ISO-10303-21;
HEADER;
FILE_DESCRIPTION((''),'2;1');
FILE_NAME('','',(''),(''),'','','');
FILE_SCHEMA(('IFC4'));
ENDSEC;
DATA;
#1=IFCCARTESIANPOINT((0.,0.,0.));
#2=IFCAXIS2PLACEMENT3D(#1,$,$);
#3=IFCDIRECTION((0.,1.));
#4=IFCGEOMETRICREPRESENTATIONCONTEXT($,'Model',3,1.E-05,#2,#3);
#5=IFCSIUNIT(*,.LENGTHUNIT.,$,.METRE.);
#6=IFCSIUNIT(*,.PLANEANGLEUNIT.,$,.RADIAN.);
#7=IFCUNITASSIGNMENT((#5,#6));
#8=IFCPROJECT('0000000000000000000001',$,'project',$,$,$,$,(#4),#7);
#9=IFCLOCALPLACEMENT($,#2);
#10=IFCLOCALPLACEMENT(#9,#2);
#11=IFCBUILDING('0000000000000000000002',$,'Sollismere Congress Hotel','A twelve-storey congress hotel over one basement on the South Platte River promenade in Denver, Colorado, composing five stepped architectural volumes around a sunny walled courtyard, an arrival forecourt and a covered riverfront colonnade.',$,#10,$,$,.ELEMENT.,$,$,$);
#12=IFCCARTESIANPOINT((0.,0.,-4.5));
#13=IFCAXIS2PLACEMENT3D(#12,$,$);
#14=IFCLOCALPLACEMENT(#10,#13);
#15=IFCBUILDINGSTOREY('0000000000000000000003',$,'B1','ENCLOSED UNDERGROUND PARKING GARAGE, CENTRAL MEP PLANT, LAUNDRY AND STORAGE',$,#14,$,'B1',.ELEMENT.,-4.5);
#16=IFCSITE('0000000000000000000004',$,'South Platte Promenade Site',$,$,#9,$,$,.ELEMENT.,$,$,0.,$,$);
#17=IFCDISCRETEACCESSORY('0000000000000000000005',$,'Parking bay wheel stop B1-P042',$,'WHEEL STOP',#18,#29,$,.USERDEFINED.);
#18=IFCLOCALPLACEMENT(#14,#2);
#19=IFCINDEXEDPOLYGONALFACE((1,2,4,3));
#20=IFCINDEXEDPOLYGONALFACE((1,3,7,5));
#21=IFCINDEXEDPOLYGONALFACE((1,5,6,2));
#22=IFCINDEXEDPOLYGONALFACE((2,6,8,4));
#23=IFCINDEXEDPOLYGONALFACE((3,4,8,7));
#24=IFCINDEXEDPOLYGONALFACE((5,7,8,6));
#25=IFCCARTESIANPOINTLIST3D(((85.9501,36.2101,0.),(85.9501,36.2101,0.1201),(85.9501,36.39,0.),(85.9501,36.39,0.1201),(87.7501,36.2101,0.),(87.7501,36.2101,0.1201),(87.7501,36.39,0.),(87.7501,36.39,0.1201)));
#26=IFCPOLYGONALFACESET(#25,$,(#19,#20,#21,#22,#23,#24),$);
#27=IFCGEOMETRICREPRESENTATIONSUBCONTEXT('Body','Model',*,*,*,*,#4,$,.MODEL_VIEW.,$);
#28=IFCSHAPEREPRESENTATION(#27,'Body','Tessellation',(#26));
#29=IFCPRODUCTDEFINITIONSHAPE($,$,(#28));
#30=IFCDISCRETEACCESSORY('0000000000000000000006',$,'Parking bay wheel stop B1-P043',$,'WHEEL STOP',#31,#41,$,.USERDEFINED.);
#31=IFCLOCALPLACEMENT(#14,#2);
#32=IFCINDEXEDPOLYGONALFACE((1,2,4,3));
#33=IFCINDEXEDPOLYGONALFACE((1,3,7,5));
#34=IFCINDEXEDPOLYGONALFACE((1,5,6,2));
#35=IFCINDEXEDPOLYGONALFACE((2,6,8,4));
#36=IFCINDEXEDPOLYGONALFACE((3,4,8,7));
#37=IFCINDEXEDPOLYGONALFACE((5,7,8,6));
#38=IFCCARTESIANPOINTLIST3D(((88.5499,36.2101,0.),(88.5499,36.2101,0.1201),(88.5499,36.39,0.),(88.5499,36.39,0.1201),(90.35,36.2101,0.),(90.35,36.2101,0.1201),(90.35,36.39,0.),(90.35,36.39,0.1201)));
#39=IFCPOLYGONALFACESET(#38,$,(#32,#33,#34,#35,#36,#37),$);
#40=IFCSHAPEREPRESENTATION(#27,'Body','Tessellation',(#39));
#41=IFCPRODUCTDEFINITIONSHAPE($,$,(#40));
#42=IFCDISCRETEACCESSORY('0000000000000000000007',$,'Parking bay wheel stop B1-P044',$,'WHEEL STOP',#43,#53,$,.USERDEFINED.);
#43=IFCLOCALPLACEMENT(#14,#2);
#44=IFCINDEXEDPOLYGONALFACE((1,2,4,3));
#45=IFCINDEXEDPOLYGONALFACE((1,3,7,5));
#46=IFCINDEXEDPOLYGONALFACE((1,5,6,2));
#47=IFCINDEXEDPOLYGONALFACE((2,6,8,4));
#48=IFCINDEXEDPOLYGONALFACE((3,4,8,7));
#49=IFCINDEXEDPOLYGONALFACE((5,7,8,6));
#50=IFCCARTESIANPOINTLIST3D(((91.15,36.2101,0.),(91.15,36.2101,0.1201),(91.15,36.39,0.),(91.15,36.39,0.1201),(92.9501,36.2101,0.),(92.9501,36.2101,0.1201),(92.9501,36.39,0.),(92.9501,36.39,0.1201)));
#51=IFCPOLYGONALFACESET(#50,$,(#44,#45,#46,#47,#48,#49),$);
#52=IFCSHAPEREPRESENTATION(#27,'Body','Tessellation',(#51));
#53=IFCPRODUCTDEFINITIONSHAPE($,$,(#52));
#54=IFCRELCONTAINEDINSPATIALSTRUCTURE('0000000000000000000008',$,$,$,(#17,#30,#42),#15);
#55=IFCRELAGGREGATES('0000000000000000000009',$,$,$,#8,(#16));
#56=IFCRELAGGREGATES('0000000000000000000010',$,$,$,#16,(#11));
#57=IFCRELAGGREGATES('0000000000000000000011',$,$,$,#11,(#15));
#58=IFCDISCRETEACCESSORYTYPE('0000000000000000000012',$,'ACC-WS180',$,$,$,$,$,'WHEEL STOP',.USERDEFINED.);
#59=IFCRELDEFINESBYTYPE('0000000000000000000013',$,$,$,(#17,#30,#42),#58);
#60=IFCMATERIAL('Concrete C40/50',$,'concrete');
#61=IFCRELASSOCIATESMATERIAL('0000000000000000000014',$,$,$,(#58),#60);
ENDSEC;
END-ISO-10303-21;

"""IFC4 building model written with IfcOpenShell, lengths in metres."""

from ifc_helpers import new_model, si_unit, direction, frame, origin, origin_2d, place, context, subcontext, project, spatial, rectangle, extrude, material, type_object, element, save


model = new_model("IFC4")

# Units and contexts
model_context = context("Model", 3, precision=1e-05, world=origin(), true_north=direction((0.0, 1.0)))
body_context = subcontext(model_context, "Body", "Model", "MODEL_VIEW")
ifc_project = project(units=[si_unit("LENGTHUNIT", "METRE"), si_unit("PLANEANGLEUNIT", "RADIAN")], contexts=[model_context])

# Site, building, storey
site_placement = place(None, origin())
site = spatial("IfcSite", under=ifc_project, at=site_placement, Name="South Platte Promenade Site", CompositionType="ELEMENT", RefElevation=0.0)
building_placement = place(site_placement, origin())
building = spatial("IfcBuilding", under=site, at=building_placement, Name="Sollismere Congress Hotel", Description="A twelve-storey congress hotel over one basement on the South Platte River promenade in Denver, Colorado, composing five stepped architectural volumes around a sunny walled courtyard, an arrival forecourt and a covered riverfront colonnade.", CompositionType="ELEMENT")
storey_placement = place(building_placement, frame((0.0, 0.0, -4.5)))
storey = spatial("IfcBuildingStorey", under=building, at=storey_placement, Name="B1", Description="ENCLOSED UNDERGROUND PARKING GARAGE, CENTRAL MEP PLANT, LAUNDRY AND STORAGE", LongName="B1", CompositionType="ELEMENT", Elevation=-4.5)

# Shared definitions
ifc_material_1 = material(Name="Concrete C40/50", Category="concrete")

# Discrete accessories
discrete_accessory_type = type_object("IfcDiscreteAccessoryType", Name="ACC-WS180", ElementType="WHEEL STOP", PredefinedType="USERDEFINED", material=ifc_material_1)
for number, where, z_axis, x_axis, name in (
    (1, (86.8501, 36.3, 0.0), (0.0, 0.0, 1.0), (1.0, 0.0, 0.0), "Parking bay wheel stop B1-P042"),
    (2, (89.45, 36.3, 0.0), (0.0, 0.0, 1.0), (1.0, 0.0, 0.0), "Parking bay wheel stop B1-P043"),
    (3, (92.05, 36.3, 0.0), (0.0, 0.0, 1.0), (1.0, 0.0, 0.0), "Parking bay wheel stop B1-P044"),
):
    element("IfcDiscreteAccessory", number, at=place(storey_placement, frame(where, z_axis=z_axis, x_axis=x_axis)), inside=storey, type_object=discrete_accessory_type, Name=name, ObjectType="WHEEL STOP", PredefinedType="USERDEFINED", context=body_context, shape_type="SweptSolid", body=[
        extrude(rectangle(XDim=1.8, YDim=0.1799, at=origin_2d()), origin(), (0.0, 0.0, 1.0), 0.1201),
    ])

save(model, "model.ifc")
